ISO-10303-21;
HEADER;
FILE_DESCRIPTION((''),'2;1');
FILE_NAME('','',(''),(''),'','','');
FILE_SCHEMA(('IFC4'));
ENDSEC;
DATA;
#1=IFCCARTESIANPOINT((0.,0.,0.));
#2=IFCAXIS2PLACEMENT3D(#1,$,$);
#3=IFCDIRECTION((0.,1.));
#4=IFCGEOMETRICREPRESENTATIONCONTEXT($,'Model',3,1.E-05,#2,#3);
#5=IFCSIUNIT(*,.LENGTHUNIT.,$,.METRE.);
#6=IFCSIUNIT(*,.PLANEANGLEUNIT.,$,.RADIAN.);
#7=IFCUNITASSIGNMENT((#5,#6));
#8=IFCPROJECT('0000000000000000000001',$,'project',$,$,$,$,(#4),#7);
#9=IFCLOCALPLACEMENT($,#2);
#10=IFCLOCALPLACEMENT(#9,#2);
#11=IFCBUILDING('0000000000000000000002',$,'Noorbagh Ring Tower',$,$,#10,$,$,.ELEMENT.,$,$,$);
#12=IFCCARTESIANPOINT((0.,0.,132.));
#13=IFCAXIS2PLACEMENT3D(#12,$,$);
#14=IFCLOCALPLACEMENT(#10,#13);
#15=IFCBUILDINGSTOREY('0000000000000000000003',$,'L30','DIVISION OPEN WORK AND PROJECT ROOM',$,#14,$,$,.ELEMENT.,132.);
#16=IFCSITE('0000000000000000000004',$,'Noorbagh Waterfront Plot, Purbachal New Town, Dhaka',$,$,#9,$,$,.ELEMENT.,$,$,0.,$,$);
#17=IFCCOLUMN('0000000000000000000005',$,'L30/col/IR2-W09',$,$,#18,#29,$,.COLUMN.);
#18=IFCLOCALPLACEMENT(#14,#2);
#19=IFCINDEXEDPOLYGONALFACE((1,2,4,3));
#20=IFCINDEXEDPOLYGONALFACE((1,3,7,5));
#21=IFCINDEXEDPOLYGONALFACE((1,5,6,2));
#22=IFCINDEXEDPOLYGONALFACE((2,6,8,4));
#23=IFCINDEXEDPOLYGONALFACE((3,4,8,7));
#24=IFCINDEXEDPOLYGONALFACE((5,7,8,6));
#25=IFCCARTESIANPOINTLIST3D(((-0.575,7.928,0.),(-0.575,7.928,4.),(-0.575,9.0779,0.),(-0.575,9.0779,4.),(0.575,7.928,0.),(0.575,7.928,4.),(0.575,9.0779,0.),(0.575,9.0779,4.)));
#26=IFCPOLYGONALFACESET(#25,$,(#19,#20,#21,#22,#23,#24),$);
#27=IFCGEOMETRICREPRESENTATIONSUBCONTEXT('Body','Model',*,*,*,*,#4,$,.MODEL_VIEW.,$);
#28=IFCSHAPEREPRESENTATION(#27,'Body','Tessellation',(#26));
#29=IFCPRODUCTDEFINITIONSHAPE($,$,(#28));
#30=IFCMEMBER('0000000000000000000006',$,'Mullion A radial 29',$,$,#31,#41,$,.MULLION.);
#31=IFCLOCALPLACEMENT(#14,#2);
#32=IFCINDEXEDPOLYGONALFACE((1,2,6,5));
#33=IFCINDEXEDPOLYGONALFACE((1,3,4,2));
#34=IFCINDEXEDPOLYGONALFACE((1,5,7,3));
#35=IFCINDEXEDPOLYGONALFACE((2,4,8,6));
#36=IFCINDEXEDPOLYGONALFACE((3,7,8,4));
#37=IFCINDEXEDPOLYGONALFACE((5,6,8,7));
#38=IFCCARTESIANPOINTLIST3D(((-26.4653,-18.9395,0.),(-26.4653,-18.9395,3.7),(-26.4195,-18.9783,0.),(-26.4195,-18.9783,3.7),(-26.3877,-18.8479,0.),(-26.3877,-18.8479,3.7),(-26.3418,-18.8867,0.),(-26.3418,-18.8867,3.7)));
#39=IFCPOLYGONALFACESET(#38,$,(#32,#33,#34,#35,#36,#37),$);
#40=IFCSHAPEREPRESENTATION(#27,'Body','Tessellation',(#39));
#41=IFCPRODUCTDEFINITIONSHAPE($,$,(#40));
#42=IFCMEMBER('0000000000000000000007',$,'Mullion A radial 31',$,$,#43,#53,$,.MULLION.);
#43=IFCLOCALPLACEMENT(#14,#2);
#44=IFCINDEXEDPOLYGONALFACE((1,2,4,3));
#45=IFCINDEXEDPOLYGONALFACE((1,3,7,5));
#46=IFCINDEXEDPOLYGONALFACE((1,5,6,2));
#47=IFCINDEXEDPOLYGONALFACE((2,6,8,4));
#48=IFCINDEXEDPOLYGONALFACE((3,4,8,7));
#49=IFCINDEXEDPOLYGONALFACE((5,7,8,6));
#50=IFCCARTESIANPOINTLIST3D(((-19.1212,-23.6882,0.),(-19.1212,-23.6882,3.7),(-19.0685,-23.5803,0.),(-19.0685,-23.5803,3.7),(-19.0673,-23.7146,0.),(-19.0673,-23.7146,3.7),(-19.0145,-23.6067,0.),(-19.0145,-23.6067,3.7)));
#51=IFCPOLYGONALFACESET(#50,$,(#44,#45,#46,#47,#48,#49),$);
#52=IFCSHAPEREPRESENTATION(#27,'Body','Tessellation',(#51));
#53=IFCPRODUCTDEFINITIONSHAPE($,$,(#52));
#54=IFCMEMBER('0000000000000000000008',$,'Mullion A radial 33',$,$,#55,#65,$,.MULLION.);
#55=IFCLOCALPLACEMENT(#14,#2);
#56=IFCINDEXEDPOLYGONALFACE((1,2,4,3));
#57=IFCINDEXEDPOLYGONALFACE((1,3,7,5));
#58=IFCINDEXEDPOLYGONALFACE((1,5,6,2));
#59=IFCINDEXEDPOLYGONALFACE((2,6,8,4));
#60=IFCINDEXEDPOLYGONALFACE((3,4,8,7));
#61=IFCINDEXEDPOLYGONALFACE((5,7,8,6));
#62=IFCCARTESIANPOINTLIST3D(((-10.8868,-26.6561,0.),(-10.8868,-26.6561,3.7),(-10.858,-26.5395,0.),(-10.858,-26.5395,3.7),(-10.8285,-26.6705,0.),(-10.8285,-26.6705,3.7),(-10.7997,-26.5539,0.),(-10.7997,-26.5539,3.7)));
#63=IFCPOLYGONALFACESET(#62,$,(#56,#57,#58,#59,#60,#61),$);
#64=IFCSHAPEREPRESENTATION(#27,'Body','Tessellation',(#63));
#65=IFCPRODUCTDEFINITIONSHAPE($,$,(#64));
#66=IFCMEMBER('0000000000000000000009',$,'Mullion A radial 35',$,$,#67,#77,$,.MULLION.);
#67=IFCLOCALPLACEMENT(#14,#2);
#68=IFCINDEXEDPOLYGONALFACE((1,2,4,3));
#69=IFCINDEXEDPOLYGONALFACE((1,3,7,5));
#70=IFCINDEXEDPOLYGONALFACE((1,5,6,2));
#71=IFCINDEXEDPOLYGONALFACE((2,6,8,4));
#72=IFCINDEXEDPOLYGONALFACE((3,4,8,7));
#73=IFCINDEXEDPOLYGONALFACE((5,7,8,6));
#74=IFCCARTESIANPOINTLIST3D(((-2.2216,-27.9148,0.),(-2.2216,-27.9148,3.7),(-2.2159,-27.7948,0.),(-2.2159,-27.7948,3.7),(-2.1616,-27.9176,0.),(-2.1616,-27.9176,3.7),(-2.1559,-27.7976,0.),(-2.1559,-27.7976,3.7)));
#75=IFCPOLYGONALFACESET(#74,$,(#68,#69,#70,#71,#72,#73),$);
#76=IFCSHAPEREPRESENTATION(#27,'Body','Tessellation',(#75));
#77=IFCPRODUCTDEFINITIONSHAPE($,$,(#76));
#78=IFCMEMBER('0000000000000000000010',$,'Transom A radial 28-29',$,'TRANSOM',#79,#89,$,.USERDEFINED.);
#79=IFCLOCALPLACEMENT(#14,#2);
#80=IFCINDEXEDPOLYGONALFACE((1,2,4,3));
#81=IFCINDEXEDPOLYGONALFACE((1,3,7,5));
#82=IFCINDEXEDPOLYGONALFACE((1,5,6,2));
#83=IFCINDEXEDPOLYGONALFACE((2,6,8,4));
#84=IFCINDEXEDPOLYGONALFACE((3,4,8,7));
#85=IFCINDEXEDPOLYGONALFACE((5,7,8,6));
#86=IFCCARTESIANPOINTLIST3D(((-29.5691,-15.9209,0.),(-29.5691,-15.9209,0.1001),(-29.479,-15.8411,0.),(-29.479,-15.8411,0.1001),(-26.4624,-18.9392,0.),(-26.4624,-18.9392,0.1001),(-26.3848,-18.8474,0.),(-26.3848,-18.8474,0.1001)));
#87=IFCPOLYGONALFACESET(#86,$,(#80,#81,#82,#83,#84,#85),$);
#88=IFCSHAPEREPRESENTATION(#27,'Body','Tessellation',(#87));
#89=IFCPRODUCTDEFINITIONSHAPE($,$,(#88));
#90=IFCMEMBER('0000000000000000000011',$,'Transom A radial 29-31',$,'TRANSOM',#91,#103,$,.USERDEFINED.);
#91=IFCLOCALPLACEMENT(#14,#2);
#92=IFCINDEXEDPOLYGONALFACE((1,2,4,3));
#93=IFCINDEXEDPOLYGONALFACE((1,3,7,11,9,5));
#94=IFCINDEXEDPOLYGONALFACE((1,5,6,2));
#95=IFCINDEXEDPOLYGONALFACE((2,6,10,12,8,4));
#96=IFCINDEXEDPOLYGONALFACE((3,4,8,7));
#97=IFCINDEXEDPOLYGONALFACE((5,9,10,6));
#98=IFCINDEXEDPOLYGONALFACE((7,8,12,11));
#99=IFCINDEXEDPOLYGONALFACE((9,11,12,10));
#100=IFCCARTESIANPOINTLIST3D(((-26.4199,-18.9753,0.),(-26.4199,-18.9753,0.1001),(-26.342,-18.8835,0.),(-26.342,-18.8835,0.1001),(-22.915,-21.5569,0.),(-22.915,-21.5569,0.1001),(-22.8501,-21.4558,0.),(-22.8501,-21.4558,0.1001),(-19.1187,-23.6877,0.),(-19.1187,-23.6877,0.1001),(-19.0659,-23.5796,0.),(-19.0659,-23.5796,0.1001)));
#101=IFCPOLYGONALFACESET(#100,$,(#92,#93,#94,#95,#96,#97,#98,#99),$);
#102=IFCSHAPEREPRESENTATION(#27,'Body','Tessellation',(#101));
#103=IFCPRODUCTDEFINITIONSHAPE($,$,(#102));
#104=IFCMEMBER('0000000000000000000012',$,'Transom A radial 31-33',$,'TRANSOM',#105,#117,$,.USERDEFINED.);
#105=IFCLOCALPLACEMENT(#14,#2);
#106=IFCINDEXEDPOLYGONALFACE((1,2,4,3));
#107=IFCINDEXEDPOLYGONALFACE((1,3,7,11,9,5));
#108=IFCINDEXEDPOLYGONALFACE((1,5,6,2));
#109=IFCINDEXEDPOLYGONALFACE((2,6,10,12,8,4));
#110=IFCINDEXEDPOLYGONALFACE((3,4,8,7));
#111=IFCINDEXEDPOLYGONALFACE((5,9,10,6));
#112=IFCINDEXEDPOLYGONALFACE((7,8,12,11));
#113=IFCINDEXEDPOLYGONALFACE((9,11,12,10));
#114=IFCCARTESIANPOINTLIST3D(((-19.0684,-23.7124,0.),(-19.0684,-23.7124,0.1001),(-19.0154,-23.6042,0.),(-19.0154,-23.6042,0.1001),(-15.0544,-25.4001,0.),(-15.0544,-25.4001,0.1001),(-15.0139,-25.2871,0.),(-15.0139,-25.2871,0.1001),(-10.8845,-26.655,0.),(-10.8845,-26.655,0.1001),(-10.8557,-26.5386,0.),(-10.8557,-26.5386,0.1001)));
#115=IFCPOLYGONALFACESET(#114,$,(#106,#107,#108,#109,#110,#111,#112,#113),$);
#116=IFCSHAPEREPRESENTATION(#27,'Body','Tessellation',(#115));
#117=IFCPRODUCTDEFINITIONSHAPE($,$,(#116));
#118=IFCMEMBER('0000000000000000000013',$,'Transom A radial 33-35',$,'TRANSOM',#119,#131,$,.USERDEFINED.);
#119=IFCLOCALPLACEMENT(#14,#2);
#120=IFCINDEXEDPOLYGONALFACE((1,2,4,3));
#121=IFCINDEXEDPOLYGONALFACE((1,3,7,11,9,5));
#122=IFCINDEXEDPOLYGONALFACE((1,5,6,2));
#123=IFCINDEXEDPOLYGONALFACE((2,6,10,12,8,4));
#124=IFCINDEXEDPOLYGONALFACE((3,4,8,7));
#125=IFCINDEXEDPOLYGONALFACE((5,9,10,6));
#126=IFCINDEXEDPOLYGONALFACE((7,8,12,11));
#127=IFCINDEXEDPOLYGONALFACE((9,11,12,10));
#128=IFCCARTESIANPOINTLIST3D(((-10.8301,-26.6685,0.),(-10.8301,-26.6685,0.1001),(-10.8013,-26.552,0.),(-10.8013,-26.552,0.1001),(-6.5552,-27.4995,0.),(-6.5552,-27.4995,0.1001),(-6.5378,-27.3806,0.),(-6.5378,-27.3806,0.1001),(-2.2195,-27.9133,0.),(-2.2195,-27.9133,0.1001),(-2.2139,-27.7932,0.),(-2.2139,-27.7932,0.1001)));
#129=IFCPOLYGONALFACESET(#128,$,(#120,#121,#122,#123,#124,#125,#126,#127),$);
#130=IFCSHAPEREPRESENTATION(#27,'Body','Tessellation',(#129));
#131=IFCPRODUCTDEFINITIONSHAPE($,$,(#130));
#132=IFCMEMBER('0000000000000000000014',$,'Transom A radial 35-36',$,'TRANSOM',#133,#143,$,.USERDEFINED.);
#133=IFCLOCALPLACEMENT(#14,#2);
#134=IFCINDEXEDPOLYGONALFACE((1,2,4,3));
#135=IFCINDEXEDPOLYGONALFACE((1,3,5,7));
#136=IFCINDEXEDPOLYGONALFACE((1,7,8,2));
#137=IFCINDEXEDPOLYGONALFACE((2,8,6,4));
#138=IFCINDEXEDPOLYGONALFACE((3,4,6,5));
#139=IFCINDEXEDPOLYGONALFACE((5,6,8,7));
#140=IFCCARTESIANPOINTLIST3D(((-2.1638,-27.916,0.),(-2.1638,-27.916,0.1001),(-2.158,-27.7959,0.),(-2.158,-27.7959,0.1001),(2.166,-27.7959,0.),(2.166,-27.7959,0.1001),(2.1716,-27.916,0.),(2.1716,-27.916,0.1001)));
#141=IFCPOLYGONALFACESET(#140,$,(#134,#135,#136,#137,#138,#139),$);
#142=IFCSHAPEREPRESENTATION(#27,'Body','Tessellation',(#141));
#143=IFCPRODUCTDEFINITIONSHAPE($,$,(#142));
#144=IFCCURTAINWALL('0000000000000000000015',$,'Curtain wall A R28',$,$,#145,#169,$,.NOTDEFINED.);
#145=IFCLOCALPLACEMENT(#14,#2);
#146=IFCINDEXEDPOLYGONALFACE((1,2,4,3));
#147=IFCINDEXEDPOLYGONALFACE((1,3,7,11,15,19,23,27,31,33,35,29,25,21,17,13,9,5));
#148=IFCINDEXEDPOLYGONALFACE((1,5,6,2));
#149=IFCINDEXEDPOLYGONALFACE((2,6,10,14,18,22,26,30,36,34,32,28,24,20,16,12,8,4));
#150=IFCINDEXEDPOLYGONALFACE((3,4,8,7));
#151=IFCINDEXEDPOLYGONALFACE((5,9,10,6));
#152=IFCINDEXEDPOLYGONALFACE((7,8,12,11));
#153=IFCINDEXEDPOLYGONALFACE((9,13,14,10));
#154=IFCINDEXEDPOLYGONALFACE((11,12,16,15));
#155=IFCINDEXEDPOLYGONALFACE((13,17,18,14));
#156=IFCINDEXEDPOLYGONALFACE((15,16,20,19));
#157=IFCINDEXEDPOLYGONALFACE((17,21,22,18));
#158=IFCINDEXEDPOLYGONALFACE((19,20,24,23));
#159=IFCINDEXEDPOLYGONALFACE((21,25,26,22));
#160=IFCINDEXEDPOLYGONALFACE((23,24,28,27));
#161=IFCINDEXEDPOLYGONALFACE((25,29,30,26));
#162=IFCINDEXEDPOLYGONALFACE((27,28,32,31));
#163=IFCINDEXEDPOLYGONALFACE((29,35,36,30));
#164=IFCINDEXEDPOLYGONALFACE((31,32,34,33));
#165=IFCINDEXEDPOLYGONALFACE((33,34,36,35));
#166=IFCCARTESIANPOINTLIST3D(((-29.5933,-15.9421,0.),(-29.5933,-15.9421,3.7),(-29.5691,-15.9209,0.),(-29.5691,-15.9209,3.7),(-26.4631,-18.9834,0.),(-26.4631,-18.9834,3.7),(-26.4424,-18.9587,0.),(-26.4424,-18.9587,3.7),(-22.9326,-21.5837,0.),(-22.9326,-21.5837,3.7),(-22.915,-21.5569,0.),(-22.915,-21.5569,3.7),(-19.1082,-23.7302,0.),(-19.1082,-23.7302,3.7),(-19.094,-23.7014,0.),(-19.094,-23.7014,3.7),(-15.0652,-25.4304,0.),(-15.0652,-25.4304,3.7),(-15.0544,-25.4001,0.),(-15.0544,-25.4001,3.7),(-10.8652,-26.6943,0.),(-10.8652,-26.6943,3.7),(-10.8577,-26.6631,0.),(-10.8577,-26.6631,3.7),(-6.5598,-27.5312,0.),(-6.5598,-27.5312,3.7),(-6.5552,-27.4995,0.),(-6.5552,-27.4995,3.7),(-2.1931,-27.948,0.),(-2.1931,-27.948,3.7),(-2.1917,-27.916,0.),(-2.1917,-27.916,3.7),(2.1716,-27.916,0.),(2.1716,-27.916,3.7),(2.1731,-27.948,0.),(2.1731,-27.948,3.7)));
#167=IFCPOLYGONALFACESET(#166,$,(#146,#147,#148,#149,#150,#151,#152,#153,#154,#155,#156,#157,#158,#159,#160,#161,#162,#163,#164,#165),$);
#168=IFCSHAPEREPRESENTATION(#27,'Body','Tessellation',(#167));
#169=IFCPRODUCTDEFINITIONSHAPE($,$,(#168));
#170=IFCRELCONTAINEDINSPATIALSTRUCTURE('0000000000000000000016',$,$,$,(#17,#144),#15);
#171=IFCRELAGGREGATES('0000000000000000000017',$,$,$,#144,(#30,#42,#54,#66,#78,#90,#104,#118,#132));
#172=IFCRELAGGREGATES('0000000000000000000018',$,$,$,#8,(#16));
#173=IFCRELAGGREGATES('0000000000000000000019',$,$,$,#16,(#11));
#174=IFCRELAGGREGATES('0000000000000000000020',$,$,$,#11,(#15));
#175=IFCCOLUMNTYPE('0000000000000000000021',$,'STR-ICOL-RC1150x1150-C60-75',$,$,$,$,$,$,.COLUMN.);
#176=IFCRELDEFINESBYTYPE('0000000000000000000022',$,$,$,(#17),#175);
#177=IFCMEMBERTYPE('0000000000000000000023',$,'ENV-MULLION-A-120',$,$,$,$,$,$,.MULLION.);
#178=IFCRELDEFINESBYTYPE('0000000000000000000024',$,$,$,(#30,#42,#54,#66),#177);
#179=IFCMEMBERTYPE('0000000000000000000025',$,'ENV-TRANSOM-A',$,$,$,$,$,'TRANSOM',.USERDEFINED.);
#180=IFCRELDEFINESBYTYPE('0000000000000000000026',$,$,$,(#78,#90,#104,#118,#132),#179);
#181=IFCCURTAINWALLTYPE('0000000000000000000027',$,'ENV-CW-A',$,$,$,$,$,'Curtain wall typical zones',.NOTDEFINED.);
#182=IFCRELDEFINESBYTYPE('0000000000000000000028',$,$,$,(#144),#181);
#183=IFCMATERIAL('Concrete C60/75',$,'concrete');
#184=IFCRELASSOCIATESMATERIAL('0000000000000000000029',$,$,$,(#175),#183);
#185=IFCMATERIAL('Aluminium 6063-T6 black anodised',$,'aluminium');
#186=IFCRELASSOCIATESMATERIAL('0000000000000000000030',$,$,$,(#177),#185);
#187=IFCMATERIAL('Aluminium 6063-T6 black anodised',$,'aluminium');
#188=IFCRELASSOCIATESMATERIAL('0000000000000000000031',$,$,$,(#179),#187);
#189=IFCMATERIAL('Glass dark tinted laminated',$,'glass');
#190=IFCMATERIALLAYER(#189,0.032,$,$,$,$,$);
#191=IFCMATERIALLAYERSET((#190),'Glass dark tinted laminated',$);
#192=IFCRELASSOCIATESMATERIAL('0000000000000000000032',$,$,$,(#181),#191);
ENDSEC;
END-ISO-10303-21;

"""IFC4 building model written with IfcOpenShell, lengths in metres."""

from ifc_helpers import new_model, si_unit, direction, frame, origin, origin_2d, place, context, subcontext, project, spatial, polyline, rectangle, outline, extrude, material, layer, layer_set, material_profile, profile_set, type_object, element, aggregate, save


model = new_model("IFC4")

# Units and contexts
model_context = context("Model", 3, precision=1e-05, world=origin(), true_north=direction((0.0, 1.0)))
body_context = subcontext(model_context, "Body", "Model", "MODEL_VIEW")
ifc_project = project(units=[si_unit("LENGTHUNIT", "METRE"), si_unit("PLANEANGLEUNIT", "RADIAN")], contexts=[model_context])

# Site, building, storey
site_placement = place(None, origin())
site = spatial("IfcSite", under=ifc_project, at=site_placement, Name="Noorbagh Waterfront Plot, Purbachal New Town, Dhaka", CompositionType="ELEMENT", RefElevation=0.0)
building_placement = place(site_placement, origin())
building = spatial("IfcBuilding", under=site, at=building_placement, Name="Noorbagh Ring Tower", CompositionType="ELEMENT")
storey_placement = place(building_placement, frame((0.0, 0.0, 132.0)))
storey = spatial("IfcBuildingStorey", under=building, at=storey_placement, Name="L30", Description="DIVISION OPEN WORK AND PROJECT ROOM", CompositionType="ELEMENT", Elevation=132.0)

# Column
ifc_material_1 = material(Name="Concrete C60/75", Category="concrete")
ifc_material_profile_1 = material_profile(ifc_material_1, rectangle(XDim=1.1499, YDim=1.1499, at=origin_2d()), Name="RC1150x1150")
ifc_profile_set_1 = profile_set([ifc_material_profile_1], Name="Concrete C60/75")
column_type = type_object("IfcColumnType", Name="STR-ICOL-RC1150x1150-C60-75", PredefinedType="COLUMN", material=ifc_profile_set_1)
column_placement = place(storey_placement, frame((0.0, 8.5029, 0.0), z_axis=(0.0, 0.0, 1.0), x_axis=(-1.0, 0.0, 0.0)))
element("IfcColumn", 1, at=column_placement, inside=storey, type_object=column_type, Name="L30/col/IR2-W09", PredefinedType="COLUMN", context=body_context, shape_type="SweptSolid", body=[
    extrude(rectangle(XDim=1.1499, YDim=1.1499, at=origin_2d()), origin(), (0.0, 0.0, 1.0), 4.0),
])

# Members
ifc_material_2 = material(Name="Aluminium 6063-T6 black anodised", Category="aluminium")
ifc_material_profile_2 = material_profile(ifc_material_2, rectangle(XDim=0.1201, YDim=0.0601, at=origin_2d()), Name="120x60")
ifc_profile_set_2 = profile_set([ifc_material_profile_2], Name="Aluminium 6063-T6 black anodised")
member_type_1 = type_object("IfcMemberType", Name="ENV-MULLION-A-120", PredefinedType="MULLION", material=ifc_profile_set_2)
member_1_placement = place(storey_placement, frame((-26.4036, -18.9131, 0.0), z_axis=(0.0, 0.0, 1.0), x_axis=(0.646451, 0.762955, 0.0)))
member_1 = element("IfcMember", 2, at=member_1_placement, type_object=member_type_1, Name="Mullion A radial 29", PredefinedType="MULLION", context=body_context, shape_type="SweptSolid", body=[
    extrude(rectangle(XDim=0.1201, YDim=0.0601, at=origin_2d()), origin(), (0.0, 0.0, 1.0), 3.7),
])
member_2_placement = place(storey_placement, frame((-19.0679, -23.6475, 0.0), z_axis=(0.0, 0.0, 1.0), x_axis=(0.439238, 0.898371, 0.0)))
member_2 = element("IfcMember", 3, at=member_2_placement, type_object=member_type_1, Name="Mullion A radial 31", PredefinedType="MULLION", context=body_context, shape_type="SweptSolid", body=[
    extrude(rectangle(XDim=0.1201, YDim=0.0601, at=origin_2d()), origin(), (0.0, 0.0, 1.0), 3.7),
])
member_3_placement = place(storey_placement, frame((-10.8433, -26.605, 0.0), z_axis=(0.0, 0.0, 1.0), x_axis=(0.239799, 0.970823, 0.0)))
member_3 = element("IfcMember", 4, at=member_3_placement, type_object=member_type_1, Name="Mullion A radial 33", PredefinedType="MULLION", context=body_context, shape_type="SweptSolid", body=[
    extrude(rectangle(XDim=0.1201, YDim=0.0601, at=origin_2d()), origin(), (0.0, 0.0, 1.0), 3.7),
])
member_4_placement = place(storey_placement, frame((-2.1887, -27.8562, 0.0), z_axis=(0.0, 0.0, 1.0), x_axis=(0.047558, 0.998868, 0.0)))
member_4 = element("IfcMember", 5, at=member_4_placement, type_object=member_type_1, Name="Mullion A radial 35", PredefinedType="MULLION", context=body_context, shape_type="SweptSolid", body=[
    extrude(rectangle(XDim=0.1201, YDim=0.0601, at=origin_2d()), origin(), (0.0, 0.0, 1.0), 3.7),
])
ifc_material_3 = material(Name="Aluminium 6063-T6 black anodised", Category="aluminium")
member_type_2 = type_object("IfcMemberType", Name="ENV-TRANSOM-A", ElementType="TRANSOM", PredefinedType="USERDEFINED", material=ifc_material_3)
member_5_placement = place(storey_placement, origin())
member_5 = element("IfcMember", 6, at=member_5_placement, type_object=member_type_2, Name="Transom A radial 28-29", ObjectType="TRANSOM", PredefinedType="USERDEFINED", context=body_context, shape_type="SweptSolid", body=[
    extrude(outline(polyline([(-29.5691, -15.9209), (-26.4624, -18.9392), (-26.3848, -18.8474), (-29.479, -15.8411), (-29.5691, -15.9209)])), origin(), (0.0, 0.0, 1.0), 0.1001),
])
member_6_placement = place(storey_placement, origin())
member_6 = element("IfcMember", 7, at=member_6_placement, type_object=member_type_2, Name="Transom A radial 29-31", ObjectType="TRANSOM", PredefinedType="USERDEFINED", context=body_context, shape_type="SweptSolid", body=[
    extrude(outline(polyline([(-26.4199, -18.9753), (-22.915, -21.5569), (-19.1187, -23.6877), (-19.0659, -23.5796), (-22.8501, -21.4558), (-26.342, -18.8835), (-26.4199, -18.9753)])), origin(), (0.0, 0.0, 1.0), 0.1001),
])
member_7_placement = place(storey_placement, origin())
member_7 = element("IfcMember", 8, at=member_7_placement, type_object=member_type_2, Name="Transom A radial 31-33", ObjectType="TRANSOM", PredefinedType="USERDEFINED", context=body_context, shape_type="SweptSolid", body=[
    extrude(outline(polyline([(-19.0684, -23.7124), (-15.0544, -25.4001), (-10.8845, -26.655), (-10.8557, -26.5386), (-15.0139, -25.2871), (-19.0154, -23.6042), (-19.0684, -23.7124)])), origin(), (0.0, 0.0, 1.0), 0.1001),
])
member_8_placement = place(storey_placement, origin())
member_8 = element("IfcMember", 9, at=member_8_placement, type_object=member_type_2, Name="Transom A radial 33-35", ObjectType="TRANSOM", PredefinedType="USERDEFINED", context=body_context, shape_type="SweptSolid", body=[
    extrude(outline(polyline([(-10.8301, -26.6685), (-6.5552, -27.4995), (-2.2195, -27.9133), (-2.2139, -27.7932), (-6.5378, -27.3806), (-10.8013, -26.552), (-10.8301, -26.6685)])), origin(), (0.0, 0.0, 1.0), 0.1001),
])
member_9_placement = place(storey_placement, origin())
member_9 = element("IfcMember", 10, at=member_9_placement, type_object=member_type_2, Name="Transom A radial 35-36", ObjectType="TRANSOM", PredefinedType="USERDEFINED", context=body_context, shape_type="SweptSolid", body=[
    extrude(outline(polyline([(-2.1638, -27.916), (2.1716, -27.916), (2.166, -27.7959), (-2.158, -27.7959), (-2.1638, -27.916)])), origin(), (0.0, 0.0, 1.0), 0.1001),
])

# Curtain wall
ifc_material_4 = material(Name="Glass dark tinted laminated", Category="glass")
ifc_layer_1 = layer(ifc_material_4, 0.032)
ifc_layer_set_1 = layer_set([ifc_layer_1], Name="Glass dark tinted laminated")
curtain_wall_type_1 = type_object("IfcCurtainWallType", Name="ENV-CW-A", ElementType="Curtain wall typical zones", PredefinedType="NOTDEFINED", material=ifc_layer_set_1)
curtain_wall_1_placement = place(storey_placement, origin())
curtain_wall_1 = element("IfcCurtainWall", 11, at=curtain_wall_1_placement, inside=storey, type_object=curtain_wall_type_1, Name="Curtain wall A R28", PredefinedType="NOTDEFINED", context=body_context, shape_type="SweptSolid", body=[
    extrude(outline(polyline([(-29.5933, -15.9421), (-26.4631, -18.9834), (-22.9326, -21.5837), (-19.1082, -23.7302), (-15.0652, -25.4304), (-10.8652, -26.6943), (-6.5598, -27.5312), (-2.1931, -27.948), (2.1731, -27.948), (2.1716, -27.916), (-2.1917, -27.916), (-6.5552, -27.4995), (-10.8577, -26.6631), (-15.0544, -25.4001), (-19.094, -23.7014), (-22.915, -21.5569), (-26.4424, -18.9587), (-29.5691, -15.9209), (-29.5933, -15.9421)])), origin(), (0.0, 0.0, 1.0), 3.7),
])
aggregate(curtain_wall_1, [member_1, member_2, member_3, member_4, member_5, member_6, member_7, member_8, member_9])

save(model, "model.ifc")
